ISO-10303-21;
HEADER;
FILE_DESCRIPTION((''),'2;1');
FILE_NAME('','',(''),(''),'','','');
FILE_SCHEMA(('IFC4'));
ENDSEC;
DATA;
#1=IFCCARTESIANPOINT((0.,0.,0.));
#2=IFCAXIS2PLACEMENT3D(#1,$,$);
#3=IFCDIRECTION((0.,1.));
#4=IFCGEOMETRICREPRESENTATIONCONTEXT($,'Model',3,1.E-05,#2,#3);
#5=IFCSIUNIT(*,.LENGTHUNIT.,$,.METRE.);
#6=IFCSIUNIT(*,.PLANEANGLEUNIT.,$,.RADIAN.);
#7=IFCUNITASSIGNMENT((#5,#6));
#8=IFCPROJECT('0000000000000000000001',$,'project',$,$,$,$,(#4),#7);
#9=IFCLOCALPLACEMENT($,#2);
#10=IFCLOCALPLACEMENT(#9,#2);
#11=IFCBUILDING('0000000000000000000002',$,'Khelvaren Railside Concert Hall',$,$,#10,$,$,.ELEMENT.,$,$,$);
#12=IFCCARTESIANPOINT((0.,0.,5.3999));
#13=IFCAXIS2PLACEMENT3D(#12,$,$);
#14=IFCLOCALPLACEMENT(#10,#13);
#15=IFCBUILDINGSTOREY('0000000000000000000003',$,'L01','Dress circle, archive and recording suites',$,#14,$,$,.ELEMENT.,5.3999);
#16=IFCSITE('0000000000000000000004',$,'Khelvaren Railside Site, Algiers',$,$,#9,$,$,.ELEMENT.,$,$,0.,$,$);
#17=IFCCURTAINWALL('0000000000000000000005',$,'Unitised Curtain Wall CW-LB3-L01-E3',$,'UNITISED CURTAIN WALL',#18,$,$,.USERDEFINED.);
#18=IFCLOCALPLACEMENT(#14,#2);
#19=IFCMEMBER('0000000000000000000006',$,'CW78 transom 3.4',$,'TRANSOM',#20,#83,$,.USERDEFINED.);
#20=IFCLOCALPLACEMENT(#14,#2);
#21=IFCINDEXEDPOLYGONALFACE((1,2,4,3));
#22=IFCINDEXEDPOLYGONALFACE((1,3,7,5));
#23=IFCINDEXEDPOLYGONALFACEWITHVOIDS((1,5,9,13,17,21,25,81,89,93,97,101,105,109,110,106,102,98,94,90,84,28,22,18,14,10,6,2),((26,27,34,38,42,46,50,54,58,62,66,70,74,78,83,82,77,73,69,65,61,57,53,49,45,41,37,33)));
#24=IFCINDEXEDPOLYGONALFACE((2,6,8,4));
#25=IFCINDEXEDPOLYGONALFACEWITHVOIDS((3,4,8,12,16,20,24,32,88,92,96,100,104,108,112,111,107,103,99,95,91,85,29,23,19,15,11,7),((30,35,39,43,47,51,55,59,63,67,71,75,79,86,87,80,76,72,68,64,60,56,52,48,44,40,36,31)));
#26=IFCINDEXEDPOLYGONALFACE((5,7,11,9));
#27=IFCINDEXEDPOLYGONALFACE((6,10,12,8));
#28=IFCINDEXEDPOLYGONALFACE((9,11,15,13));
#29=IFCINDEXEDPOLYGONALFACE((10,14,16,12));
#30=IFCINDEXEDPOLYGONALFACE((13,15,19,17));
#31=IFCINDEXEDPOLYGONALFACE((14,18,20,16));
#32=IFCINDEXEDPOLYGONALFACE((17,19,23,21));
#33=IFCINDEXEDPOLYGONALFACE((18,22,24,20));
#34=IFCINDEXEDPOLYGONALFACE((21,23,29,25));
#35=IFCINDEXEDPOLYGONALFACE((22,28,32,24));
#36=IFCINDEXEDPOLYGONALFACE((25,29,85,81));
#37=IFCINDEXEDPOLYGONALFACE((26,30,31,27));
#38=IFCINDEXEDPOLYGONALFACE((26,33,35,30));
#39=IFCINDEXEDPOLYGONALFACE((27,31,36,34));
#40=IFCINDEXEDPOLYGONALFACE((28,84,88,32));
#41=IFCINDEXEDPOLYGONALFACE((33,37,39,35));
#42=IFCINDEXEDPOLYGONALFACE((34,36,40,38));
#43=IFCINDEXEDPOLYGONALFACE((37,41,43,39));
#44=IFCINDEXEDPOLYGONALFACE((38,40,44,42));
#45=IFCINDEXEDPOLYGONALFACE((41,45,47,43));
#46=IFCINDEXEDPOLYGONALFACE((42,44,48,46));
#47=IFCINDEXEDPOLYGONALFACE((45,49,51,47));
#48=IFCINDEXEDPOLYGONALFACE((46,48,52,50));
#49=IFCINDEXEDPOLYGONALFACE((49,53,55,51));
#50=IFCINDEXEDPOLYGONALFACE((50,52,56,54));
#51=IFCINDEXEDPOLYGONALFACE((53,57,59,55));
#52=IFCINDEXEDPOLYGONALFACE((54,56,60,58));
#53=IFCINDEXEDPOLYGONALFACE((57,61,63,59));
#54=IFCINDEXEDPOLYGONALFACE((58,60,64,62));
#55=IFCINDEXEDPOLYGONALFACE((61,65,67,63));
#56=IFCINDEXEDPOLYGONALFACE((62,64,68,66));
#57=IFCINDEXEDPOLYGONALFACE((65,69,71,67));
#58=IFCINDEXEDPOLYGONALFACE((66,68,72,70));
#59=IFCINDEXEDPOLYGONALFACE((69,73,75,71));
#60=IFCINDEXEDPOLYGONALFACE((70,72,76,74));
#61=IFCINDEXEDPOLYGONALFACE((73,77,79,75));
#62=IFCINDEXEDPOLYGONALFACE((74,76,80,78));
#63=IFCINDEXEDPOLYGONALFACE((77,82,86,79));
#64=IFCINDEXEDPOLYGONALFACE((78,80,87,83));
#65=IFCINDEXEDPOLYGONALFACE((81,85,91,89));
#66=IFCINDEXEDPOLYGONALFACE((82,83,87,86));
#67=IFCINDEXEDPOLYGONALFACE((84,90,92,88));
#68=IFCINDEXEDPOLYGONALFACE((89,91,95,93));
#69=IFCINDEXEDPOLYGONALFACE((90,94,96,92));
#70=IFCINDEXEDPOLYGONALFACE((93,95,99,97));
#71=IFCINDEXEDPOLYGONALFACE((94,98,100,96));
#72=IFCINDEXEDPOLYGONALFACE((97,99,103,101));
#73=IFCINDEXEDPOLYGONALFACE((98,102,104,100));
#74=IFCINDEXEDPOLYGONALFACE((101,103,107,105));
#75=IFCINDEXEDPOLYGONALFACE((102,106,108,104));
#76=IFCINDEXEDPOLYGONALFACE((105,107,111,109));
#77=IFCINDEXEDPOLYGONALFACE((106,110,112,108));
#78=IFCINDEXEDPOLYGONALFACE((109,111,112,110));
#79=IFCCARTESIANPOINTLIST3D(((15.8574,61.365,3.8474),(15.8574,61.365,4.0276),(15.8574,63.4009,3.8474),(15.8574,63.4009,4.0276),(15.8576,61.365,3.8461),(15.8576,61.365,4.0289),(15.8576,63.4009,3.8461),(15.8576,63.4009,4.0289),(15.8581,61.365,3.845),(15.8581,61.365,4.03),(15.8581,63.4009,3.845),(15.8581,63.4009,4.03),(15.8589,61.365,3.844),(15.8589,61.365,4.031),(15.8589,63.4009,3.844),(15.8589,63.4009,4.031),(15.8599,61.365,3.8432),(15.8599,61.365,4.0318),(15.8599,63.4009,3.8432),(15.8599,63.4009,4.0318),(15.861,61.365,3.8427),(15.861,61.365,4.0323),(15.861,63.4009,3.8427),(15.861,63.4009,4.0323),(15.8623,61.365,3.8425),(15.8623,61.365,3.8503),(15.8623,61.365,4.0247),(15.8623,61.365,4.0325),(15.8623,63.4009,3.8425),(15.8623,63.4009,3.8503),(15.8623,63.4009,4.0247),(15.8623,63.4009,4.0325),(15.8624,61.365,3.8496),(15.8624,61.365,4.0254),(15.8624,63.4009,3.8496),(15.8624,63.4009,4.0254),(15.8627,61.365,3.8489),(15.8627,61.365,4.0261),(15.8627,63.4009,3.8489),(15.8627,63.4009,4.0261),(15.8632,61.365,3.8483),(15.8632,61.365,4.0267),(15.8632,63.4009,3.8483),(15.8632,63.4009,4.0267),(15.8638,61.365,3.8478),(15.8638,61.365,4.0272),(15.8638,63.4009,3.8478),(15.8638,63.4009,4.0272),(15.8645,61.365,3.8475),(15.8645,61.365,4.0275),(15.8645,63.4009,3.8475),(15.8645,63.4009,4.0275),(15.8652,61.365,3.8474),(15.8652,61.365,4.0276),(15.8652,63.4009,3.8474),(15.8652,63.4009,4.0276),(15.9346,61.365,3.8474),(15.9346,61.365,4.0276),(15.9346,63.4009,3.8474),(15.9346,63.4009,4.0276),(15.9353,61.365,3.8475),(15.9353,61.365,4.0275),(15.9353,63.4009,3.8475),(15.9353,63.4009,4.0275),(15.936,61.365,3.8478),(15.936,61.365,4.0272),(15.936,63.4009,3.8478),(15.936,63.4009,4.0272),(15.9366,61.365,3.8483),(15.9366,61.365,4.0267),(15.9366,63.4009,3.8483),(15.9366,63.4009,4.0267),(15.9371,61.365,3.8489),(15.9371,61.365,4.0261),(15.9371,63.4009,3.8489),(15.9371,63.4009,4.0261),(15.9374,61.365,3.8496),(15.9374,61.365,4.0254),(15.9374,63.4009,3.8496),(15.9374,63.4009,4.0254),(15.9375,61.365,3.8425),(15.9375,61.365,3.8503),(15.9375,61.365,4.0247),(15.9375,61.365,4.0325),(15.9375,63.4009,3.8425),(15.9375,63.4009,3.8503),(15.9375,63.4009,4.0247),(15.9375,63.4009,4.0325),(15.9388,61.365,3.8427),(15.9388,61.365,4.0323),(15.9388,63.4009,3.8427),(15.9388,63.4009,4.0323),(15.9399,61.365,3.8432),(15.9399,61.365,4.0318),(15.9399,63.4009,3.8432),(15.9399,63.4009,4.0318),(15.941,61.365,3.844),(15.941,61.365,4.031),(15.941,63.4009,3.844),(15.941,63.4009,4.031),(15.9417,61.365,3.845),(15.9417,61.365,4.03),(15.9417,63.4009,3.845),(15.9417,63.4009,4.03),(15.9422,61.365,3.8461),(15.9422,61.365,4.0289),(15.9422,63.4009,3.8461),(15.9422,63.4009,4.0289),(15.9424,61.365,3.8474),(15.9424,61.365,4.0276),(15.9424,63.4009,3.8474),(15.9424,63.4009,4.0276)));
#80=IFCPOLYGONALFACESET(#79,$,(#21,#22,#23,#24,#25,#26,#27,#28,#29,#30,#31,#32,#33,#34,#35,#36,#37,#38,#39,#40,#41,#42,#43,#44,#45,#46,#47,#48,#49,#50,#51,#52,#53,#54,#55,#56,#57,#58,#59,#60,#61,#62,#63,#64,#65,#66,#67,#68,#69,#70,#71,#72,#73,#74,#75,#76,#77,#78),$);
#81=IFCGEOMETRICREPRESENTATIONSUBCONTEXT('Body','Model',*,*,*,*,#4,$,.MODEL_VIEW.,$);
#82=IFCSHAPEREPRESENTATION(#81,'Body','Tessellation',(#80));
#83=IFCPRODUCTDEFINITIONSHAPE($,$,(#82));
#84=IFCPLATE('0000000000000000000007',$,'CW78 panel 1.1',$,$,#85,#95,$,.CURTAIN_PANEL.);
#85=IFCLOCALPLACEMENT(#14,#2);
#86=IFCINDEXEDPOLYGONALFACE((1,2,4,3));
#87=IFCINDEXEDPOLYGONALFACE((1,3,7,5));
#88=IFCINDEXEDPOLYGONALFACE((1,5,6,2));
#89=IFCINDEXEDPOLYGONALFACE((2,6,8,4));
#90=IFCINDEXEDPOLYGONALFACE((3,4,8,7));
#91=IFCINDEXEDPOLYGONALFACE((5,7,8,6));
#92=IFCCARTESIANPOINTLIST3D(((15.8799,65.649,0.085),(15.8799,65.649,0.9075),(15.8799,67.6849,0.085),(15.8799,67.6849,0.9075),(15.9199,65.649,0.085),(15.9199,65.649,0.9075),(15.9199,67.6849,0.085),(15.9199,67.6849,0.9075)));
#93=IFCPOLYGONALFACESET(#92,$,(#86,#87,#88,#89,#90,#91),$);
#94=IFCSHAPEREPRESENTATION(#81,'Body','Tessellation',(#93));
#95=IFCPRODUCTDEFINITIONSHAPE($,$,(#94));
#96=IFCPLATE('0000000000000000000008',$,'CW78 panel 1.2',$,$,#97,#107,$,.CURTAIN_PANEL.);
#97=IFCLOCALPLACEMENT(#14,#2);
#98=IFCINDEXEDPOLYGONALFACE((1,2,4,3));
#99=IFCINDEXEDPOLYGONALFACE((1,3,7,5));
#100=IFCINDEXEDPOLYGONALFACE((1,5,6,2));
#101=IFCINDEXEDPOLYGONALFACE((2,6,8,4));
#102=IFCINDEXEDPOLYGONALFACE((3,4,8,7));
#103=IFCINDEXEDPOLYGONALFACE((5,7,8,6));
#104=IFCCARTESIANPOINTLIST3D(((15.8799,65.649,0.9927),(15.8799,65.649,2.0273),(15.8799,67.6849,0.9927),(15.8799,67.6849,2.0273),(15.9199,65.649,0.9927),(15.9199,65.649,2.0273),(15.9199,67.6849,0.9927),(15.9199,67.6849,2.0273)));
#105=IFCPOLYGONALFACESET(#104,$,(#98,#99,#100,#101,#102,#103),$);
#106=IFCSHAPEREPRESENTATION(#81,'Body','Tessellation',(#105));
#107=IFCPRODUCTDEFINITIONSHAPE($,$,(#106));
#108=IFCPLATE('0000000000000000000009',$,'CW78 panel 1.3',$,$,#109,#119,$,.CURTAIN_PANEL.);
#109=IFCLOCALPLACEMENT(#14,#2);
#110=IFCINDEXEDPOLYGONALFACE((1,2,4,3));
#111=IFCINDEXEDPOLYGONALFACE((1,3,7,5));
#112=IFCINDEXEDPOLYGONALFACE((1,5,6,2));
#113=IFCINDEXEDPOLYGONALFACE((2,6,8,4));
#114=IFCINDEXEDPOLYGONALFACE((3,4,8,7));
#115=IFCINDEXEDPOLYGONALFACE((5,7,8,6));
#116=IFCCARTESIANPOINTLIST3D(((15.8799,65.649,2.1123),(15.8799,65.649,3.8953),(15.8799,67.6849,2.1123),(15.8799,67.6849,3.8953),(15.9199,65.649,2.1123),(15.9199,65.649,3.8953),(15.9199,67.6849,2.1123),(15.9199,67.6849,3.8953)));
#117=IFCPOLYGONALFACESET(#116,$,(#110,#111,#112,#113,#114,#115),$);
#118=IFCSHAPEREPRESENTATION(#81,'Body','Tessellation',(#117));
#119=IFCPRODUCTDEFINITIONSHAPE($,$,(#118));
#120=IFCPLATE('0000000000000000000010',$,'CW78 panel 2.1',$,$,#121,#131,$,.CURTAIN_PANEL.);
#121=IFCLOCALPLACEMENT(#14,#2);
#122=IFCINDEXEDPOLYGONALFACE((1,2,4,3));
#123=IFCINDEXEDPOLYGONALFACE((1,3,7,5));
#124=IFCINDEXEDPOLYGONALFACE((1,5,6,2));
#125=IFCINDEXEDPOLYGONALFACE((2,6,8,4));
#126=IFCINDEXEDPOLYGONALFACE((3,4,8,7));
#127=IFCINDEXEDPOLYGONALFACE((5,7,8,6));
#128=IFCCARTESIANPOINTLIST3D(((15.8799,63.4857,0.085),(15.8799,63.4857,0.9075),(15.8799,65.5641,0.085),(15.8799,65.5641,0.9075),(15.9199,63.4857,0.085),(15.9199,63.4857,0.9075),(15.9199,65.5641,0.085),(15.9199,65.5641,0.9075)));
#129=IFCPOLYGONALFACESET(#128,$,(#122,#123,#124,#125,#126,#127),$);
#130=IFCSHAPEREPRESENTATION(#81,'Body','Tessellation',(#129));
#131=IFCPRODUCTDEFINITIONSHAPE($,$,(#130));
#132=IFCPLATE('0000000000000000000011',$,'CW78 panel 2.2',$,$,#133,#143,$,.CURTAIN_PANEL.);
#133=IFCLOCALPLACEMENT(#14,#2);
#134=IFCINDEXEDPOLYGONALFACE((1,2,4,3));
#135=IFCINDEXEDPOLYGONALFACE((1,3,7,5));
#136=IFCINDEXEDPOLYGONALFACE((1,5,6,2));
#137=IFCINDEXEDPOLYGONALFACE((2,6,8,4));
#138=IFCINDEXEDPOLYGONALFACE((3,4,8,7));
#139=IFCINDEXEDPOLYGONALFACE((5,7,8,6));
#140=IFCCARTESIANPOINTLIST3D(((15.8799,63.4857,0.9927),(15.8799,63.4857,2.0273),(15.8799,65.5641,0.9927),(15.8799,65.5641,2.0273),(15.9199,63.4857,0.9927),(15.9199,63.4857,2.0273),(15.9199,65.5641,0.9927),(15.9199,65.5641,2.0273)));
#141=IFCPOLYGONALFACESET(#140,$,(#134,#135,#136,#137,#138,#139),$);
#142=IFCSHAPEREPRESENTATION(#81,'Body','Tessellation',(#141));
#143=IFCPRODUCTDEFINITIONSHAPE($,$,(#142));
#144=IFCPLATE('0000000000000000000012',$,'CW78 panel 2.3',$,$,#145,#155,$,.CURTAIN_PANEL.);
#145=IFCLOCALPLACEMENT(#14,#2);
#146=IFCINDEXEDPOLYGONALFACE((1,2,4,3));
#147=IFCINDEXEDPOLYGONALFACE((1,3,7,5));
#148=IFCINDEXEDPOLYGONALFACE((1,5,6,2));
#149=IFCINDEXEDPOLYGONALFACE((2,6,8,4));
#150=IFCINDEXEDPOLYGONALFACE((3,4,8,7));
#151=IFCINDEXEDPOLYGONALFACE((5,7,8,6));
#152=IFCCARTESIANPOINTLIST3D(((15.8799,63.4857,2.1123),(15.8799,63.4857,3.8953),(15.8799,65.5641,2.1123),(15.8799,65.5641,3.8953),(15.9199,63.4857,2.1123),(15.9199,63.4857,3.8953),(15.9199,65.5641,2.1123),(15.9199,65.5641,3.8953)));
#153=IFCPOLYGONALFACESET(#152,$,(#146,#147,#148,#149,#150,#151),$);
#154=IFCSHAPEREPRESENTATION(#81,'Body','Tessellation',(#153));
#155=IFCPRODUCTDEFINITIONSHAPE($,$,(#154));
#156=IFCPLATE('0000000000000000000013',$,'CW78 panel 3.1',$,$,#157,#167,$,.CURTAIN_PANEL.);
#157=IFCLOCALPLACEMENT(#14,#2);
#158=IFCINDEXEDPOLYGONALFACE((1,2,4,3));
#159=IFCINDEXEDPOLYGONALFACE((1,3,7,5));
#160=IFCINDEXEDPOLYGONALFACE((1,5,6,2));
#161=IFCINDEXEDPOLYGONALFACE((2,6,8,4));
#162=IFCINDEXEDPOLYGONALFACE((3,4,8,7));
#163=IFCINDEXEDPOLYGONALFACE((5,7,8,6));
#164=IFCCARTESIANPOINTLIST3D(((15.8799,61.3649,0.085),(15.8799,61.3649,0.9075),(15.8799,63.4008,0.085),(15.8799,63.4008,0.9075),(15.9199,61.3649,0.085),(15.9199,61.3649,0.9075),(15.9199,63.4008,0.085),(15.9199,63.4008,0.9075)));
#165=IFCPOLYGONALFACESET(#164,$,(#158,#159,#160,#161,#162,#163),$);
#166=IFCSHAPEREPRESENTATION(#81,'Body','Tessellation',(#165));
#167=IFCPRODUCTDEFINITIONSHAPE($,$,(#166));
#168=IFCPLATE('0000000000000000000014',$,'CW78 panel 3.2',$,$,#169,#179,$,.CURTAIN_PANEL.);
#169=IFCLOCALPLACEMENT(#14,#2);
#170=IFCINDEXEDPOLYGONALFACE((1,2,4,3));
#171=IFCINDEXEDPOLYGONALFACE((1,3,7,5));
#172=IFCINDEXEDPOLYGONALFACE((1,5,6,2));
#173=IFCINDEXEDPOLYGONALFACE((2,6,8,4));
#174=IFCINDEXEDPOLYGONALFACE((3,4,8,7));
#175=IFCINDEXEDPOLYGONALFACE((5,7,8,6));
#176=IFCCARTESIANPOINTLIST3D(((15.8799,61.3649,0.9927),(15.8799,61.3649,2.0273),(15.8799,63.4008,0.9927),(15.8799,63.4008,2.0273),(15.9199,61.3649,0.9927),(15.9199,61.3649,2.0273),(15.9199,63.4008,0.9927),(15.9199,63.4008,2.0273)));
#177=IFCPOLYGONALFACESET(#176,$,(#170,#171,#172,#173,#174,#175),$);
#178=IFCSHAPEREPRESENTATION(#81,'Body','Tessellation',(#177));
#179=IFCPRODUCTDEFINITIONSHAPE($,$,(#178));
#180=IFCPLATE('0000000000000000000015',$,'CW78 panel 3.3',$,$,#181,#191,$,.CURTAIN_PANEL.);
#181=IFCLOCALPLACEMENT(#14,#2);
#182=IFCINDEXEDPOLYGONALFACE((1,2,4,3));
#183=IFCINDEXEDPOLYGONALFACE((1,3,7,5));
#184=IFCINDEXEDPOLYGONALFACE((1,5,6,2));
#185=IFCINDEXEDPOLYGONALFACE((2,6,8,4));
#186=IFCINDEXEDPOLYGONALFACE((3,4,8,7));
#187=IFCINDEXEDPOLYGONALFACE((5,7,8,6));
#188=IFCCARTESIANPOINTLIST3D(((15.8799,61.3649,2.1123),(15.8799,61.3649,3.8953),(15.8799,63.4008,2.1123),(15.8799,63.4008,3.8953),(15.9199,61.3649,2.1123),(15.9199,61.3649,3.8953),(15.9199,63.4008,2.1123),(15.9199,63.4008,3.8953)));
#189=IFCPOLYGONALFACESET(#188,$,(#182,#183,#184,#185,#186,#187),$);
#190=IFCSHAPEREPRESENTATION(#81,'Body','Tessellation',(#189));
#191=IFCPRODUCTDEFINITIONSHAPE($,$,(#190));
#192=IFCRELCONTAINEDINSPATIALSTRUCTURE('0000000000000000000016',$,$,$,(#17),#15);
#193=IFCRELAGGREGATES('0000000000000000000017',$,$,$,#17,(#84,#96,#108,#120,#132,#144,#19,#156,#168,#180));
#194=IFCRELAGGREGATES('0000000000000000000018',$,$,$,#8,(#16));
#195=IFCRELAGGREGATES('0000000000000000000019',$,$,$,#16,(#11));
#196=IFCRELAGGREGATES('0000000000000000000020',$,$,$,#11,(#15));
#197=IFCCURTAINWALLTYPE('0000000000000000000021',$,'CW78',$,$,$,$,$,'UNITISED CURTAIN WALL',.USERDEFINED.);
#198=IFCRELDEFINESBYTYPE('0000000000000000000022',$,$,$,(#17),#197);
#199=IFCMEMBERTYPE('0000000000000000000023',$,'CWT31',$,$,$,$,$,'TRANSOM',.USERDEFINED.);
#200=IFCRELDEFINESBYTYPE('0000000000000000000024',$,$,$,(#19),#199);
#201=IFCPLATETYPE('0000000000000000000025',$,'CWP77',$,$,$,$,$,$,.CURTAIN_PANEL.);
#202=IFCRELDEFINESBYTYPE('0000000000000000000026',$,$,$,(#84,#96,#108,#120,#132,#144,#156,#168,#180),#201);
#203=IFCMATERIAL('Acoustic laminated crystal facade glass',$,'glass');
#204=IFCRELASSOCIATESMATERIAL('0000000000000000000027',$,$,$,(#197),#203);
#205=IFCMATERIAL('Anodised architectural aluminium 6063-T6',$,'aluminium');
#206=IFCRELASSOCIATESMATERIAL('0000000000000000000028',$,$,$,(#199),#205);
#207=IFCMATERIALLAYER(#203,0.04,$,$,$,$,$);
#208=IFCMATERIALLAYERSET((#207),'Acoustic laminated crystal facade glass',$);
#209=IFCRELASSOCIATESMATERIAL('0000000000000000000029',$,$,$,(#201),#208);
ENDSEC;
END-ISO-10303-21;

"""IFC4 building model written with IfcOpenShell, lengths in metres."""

from ifc_helpers import new_model, si_unit, direction, frame, origin, origin_2d, place, context, subcontext, project, spatial, rectangle, hollow_rectangle, extrude, material, layer, layer_set, material_profile, profile_set, type_object, element, aggregate, save


model = new_model("IFC4")

# Units and contexts
model_context = context("Model", 3, precision=1e-05, world=origin(), true_north=direction((0.0, 1.0)))
body_context = subcontext(model_context, "Body", "Model", "MODEL_VIEW")
ifc_project = project(units=[si_unit("LENGTHUNIT", "METRE"), si_unit("PLANEANGLEUNIT", "RADIAN")], contexts=[model_context])

# Site, building, storey
site_placement = place(None, origin())
site = spatial("IfcSite", under=ifc_project, at=site_placement, Name="Khelvaren Railside Site, Algiers", CompositionType="ELEMENT", RefElevation=0.0)
building_placement = place(site_placement, origin())
building = spatial("IfcBuilding", under=site, at=building_placement, Name="Khelvaren Railside Concert Hall", CompositionType="ELEMENT")
storey_placement = place(building_placement, frame((0.0, 0.0, 5.3999)))
storey = spatial("IfcBuildingStorey", under=building, at=storey_placement, Name="L01", Description="Dress circle, archive and recording suites", CompositionType="ELEMENT", Elevation=5.3999)

# Curtain wall, member, plates
ifc_material_1 = material(Name="Acoustic laminated crystal facade glass", Category="glass")
curtain_wall_type = type_object("IfcCurtainWallType", Name="CW78", ElementType="UNITISED CURTAIN WALL", PredefinedType="USERDEFINED", material=ifc_material_1)
curtain_wall_placement = place(storey_placement, origin())
curtain_wall = element("IfcCurtainWall", 1, at=curtain_wall_placement, inside=storey, type_object=curtain_wall_type, Name="Unitised Curtain Wall CW-LB3-L01-E3", ObjectType="UNITISED CURTAIN WALL", PredefinedType="USERDEFINED")
ifc_material_2 = material(Name="Anodised architectural aluminium 6063-T6", Category="aluminium")
ifc_material_profile_1 = material_profile(ifc_material_2, hollow_rectangle(XDim=0.085, YDim=0.1899, WallThickness=0.0049, InnerFilletRadius=0.0029, OuterFilletRadius=0.0049, at=origin_2d()), Name="CWT 85x190x5")
ifc_profile_set_1 = profile_set([ifc_material_profile_1], Name="Anodised architectural aluminium 6063-T6")
member_type_1 = type_object("IfcMemberType", Name="CWT31", ElementType="TRANSOM", PredefinedType="USERDEFINED", material=ifc_profile_set_1)
member_1_placement = place(storey_placement, frame((15.8999, 63.4009, 3.9375), z_axis=(0.0, -1.0, 0.0), x_axis=(1.0, 0.0, 0.0)))
member_1 = element("IfcMember", 2, at=member_1_placement, type_object=member_type_1, Name="CW78 transom 3.4", ObjectType="TRANSOM", PredefinedType="USERDEFINED", context=body_context, shape_type="SweptSolid", body=[
    extrude(hollow_rectangle(XDim=0.085, YDim=0.1899, WallThickness=0.0049, InnerFilletRadius=0.0029, OuterFilletRadius=0.0049, at=origin_2d()), origin(), (0.0, 0.0, 1.0), 2.0359),
])
ifc_layer = layer(ifc_material_1, 0.04)
ifc_layer_set = layer_set([ifc_layer], Name="Acoustic laminated crystal facade glass")
plate_type = type_object("IfcPlateType", Name="CWP77", PredefinedType="CURTAIN_PANEL", material=ifc_layer_set)
plate_1_placement = place(storey_placement, frame((15.8999, 66.667, 0.085), z_axis=(0.0, 0.0, 1.0), x_axis=(0.0, -1.0, 0.0)))
plate_1 = element("IfcPlate", 3, at=plate_1_placement, type_object=plate_type, Name="CW78 panel 1.1", PredefinedType="CURTAIN_PANEL", context=body_context, shape_type="SweptSolid", body=[
    extrude(rectangle(XDim=2.0359, YDim=0.04, at=origin_2d()), origin(), (0.0, 0.0, 1.0), 0.8225),
])
plate_2_placement = place(storey_placement, frame((15.8999, 66.667, 0.9927), z_axis=(0.0, 0.0, 1.0), x_axis=(0.0, -1.0, 0.0)))
plate_2 = element("IfcPlate", 4, at=plate_2_placement, type_object=plate_type, Name="CW78 panel 1.2", PredefinedType="CURTAIN_PANEL", context=body_context, shape_type="SweptSolid", body=[
    extrude(rectangle(XDim=2.0359, YDim=0.04, at=origin_2d()), origin(), (0.0, 0.0, 1.0), 1.0347),
])
plate_3_placement = place(storey_placement, frame((15.8999, 66.667, 2.1123), z_axis=(0.0, 0.0, 1.0), x_axis=(0.0, -1.0, 0.0)))
plate_3 = element("IfcPlate", 5, at=plate_3_placement, type_object=plate_type, Name="CW78 panel 1.3", PredefinedType="CURTAIN_PANEL", context=body_context, shape_type="SweptSolid", body=[
    extrude(rectangle(XDim=2.0359, YDim=0.04, at=origin_2d()), origin(), (0.0, 0.0, 1.0), 1.783),
])
plate_4_placement = place(storey_placement, frame((15.8999, 64.5249, 0.085), z_axis=(0.0, 0.0, 1.0), x_axis=(0.0, -1.0, 0.0)))
plate_4 = element("IfcPlate", 6, at=plate_4_placement, type_object=plate_type, Name="CW78 panel 2.1", PredefinedType="CURTAIN_PANEL", context=body_context, shape_type="SweptSolid", body=[
    extrude(rectangle(XDim=2.0784, YDim=0.04, at=origin_2d()), origin(), (0.0, 0.0, 1.0), 0.8225),
])
plate_5_placement = place(storey_placement, frame((15.8999, 64.5249, 0.9927), z_axis=(0.0, 0.0, 1.0), x_axis=(0.0, -1.0, 0.0)))
plate_5 = element("IfcPlate", 7, at=plate_5_placement, type_object=plate_type, Name="CW78 panel 2.2", PredefinedType="CURTAIN_PANEL", context=body_context, shape_type="SweptSolid", body=[
    extrude(rectangle(XDim=2.0784, YDim=0.04, at=origin_2d()), origin(), (0.0, 0.0, 1.0), 1.0347),
])
plate_6_placement = place(storey_placement, frame((15.8999, 64.5249, 2.1123), z_axis=(0.0, 0.0, 1.0), x_axis=(0.0, -1.0, 0.0)))
plate_6 = element("IfcPlate", 8, at=plate_6_placement, type_object=plate_type, Name="CW78 panel 2.3", PredefinedType="CURTAIN_PANEL", context=body_context, shape_type="SweptSolid", body=[
    extrude(rectangle(XDim=2.0784, YDim=0.04, at=origin_2d()), origin(), (0.0, 0.0, 1.0), 1.783),
])
plate_7_placement = place(storey_placement, frame((15.8999, 62.3828, 0.085), z_axis=(0.0, 0.0, 1.0), x_axis=(0.0, -1.0, 0.0)))
plate_7 = element("IfcPlate", 9, at=plate_7_placement, type_object=plate_type, Name="CW78 panel 3.1", PredefinedType="CURTAIN_PANEL", context=body_context, shape_type="SweptSolid", body=[
    extrude(rectangle(XDim=2.0359, YDim=0.04, at=origin_2d()), origin(), (0.0, 0.0, 1.0), 0.8225),
])
plate_8_placement = place(storey_placement, frame((15.8999, 62.3828, 0.9927), z_axis=(0.0, 0.0, 1.0), x_axis=(0.0, -1.0, 0.0)))
plate_8 = element("IfcPlate", 10, at=plate_8_placement, type_object=plate_type, Name="CW78 panel 3.2", PredefinedType="CURTAIN_PANEL", context=body_context, shape_type="SweptSolid", body=[
    extrude(rectangle(XDim=2.0359, YDim=0.04, at=origin_2d()), origin(), (0.0, 0.0, 1.0), 1.0347),
])
plate_9_placement = place(storey_placement, frame((15.8999, 62.3828, 2.1123), z_axis=(0.0, 0.0, 1.0), x_axis=(0.0, -1.0, 0.0)))
plate_9 = element("IfcPlate", 11, at=plate_9_placement, type_object=plate_type, Name="CW78 panel 3.3", PredefinedType="CURTAIN_PANEL", context=body_context, shape_type="SweptSolid", body=[
    extrude(rectangle(XDim=2.0359, YDim=0.04, at=origin_2d()), origin(), (0.0, 0.0, 1.0), 1.783),
])
aggregate(curtain_wall, [plate_1, plate_2, plate_3, plate_4, plate_5, plate_6, member_1, plate_7, plate_8, plate_9])

save(model, "model.ifc")
